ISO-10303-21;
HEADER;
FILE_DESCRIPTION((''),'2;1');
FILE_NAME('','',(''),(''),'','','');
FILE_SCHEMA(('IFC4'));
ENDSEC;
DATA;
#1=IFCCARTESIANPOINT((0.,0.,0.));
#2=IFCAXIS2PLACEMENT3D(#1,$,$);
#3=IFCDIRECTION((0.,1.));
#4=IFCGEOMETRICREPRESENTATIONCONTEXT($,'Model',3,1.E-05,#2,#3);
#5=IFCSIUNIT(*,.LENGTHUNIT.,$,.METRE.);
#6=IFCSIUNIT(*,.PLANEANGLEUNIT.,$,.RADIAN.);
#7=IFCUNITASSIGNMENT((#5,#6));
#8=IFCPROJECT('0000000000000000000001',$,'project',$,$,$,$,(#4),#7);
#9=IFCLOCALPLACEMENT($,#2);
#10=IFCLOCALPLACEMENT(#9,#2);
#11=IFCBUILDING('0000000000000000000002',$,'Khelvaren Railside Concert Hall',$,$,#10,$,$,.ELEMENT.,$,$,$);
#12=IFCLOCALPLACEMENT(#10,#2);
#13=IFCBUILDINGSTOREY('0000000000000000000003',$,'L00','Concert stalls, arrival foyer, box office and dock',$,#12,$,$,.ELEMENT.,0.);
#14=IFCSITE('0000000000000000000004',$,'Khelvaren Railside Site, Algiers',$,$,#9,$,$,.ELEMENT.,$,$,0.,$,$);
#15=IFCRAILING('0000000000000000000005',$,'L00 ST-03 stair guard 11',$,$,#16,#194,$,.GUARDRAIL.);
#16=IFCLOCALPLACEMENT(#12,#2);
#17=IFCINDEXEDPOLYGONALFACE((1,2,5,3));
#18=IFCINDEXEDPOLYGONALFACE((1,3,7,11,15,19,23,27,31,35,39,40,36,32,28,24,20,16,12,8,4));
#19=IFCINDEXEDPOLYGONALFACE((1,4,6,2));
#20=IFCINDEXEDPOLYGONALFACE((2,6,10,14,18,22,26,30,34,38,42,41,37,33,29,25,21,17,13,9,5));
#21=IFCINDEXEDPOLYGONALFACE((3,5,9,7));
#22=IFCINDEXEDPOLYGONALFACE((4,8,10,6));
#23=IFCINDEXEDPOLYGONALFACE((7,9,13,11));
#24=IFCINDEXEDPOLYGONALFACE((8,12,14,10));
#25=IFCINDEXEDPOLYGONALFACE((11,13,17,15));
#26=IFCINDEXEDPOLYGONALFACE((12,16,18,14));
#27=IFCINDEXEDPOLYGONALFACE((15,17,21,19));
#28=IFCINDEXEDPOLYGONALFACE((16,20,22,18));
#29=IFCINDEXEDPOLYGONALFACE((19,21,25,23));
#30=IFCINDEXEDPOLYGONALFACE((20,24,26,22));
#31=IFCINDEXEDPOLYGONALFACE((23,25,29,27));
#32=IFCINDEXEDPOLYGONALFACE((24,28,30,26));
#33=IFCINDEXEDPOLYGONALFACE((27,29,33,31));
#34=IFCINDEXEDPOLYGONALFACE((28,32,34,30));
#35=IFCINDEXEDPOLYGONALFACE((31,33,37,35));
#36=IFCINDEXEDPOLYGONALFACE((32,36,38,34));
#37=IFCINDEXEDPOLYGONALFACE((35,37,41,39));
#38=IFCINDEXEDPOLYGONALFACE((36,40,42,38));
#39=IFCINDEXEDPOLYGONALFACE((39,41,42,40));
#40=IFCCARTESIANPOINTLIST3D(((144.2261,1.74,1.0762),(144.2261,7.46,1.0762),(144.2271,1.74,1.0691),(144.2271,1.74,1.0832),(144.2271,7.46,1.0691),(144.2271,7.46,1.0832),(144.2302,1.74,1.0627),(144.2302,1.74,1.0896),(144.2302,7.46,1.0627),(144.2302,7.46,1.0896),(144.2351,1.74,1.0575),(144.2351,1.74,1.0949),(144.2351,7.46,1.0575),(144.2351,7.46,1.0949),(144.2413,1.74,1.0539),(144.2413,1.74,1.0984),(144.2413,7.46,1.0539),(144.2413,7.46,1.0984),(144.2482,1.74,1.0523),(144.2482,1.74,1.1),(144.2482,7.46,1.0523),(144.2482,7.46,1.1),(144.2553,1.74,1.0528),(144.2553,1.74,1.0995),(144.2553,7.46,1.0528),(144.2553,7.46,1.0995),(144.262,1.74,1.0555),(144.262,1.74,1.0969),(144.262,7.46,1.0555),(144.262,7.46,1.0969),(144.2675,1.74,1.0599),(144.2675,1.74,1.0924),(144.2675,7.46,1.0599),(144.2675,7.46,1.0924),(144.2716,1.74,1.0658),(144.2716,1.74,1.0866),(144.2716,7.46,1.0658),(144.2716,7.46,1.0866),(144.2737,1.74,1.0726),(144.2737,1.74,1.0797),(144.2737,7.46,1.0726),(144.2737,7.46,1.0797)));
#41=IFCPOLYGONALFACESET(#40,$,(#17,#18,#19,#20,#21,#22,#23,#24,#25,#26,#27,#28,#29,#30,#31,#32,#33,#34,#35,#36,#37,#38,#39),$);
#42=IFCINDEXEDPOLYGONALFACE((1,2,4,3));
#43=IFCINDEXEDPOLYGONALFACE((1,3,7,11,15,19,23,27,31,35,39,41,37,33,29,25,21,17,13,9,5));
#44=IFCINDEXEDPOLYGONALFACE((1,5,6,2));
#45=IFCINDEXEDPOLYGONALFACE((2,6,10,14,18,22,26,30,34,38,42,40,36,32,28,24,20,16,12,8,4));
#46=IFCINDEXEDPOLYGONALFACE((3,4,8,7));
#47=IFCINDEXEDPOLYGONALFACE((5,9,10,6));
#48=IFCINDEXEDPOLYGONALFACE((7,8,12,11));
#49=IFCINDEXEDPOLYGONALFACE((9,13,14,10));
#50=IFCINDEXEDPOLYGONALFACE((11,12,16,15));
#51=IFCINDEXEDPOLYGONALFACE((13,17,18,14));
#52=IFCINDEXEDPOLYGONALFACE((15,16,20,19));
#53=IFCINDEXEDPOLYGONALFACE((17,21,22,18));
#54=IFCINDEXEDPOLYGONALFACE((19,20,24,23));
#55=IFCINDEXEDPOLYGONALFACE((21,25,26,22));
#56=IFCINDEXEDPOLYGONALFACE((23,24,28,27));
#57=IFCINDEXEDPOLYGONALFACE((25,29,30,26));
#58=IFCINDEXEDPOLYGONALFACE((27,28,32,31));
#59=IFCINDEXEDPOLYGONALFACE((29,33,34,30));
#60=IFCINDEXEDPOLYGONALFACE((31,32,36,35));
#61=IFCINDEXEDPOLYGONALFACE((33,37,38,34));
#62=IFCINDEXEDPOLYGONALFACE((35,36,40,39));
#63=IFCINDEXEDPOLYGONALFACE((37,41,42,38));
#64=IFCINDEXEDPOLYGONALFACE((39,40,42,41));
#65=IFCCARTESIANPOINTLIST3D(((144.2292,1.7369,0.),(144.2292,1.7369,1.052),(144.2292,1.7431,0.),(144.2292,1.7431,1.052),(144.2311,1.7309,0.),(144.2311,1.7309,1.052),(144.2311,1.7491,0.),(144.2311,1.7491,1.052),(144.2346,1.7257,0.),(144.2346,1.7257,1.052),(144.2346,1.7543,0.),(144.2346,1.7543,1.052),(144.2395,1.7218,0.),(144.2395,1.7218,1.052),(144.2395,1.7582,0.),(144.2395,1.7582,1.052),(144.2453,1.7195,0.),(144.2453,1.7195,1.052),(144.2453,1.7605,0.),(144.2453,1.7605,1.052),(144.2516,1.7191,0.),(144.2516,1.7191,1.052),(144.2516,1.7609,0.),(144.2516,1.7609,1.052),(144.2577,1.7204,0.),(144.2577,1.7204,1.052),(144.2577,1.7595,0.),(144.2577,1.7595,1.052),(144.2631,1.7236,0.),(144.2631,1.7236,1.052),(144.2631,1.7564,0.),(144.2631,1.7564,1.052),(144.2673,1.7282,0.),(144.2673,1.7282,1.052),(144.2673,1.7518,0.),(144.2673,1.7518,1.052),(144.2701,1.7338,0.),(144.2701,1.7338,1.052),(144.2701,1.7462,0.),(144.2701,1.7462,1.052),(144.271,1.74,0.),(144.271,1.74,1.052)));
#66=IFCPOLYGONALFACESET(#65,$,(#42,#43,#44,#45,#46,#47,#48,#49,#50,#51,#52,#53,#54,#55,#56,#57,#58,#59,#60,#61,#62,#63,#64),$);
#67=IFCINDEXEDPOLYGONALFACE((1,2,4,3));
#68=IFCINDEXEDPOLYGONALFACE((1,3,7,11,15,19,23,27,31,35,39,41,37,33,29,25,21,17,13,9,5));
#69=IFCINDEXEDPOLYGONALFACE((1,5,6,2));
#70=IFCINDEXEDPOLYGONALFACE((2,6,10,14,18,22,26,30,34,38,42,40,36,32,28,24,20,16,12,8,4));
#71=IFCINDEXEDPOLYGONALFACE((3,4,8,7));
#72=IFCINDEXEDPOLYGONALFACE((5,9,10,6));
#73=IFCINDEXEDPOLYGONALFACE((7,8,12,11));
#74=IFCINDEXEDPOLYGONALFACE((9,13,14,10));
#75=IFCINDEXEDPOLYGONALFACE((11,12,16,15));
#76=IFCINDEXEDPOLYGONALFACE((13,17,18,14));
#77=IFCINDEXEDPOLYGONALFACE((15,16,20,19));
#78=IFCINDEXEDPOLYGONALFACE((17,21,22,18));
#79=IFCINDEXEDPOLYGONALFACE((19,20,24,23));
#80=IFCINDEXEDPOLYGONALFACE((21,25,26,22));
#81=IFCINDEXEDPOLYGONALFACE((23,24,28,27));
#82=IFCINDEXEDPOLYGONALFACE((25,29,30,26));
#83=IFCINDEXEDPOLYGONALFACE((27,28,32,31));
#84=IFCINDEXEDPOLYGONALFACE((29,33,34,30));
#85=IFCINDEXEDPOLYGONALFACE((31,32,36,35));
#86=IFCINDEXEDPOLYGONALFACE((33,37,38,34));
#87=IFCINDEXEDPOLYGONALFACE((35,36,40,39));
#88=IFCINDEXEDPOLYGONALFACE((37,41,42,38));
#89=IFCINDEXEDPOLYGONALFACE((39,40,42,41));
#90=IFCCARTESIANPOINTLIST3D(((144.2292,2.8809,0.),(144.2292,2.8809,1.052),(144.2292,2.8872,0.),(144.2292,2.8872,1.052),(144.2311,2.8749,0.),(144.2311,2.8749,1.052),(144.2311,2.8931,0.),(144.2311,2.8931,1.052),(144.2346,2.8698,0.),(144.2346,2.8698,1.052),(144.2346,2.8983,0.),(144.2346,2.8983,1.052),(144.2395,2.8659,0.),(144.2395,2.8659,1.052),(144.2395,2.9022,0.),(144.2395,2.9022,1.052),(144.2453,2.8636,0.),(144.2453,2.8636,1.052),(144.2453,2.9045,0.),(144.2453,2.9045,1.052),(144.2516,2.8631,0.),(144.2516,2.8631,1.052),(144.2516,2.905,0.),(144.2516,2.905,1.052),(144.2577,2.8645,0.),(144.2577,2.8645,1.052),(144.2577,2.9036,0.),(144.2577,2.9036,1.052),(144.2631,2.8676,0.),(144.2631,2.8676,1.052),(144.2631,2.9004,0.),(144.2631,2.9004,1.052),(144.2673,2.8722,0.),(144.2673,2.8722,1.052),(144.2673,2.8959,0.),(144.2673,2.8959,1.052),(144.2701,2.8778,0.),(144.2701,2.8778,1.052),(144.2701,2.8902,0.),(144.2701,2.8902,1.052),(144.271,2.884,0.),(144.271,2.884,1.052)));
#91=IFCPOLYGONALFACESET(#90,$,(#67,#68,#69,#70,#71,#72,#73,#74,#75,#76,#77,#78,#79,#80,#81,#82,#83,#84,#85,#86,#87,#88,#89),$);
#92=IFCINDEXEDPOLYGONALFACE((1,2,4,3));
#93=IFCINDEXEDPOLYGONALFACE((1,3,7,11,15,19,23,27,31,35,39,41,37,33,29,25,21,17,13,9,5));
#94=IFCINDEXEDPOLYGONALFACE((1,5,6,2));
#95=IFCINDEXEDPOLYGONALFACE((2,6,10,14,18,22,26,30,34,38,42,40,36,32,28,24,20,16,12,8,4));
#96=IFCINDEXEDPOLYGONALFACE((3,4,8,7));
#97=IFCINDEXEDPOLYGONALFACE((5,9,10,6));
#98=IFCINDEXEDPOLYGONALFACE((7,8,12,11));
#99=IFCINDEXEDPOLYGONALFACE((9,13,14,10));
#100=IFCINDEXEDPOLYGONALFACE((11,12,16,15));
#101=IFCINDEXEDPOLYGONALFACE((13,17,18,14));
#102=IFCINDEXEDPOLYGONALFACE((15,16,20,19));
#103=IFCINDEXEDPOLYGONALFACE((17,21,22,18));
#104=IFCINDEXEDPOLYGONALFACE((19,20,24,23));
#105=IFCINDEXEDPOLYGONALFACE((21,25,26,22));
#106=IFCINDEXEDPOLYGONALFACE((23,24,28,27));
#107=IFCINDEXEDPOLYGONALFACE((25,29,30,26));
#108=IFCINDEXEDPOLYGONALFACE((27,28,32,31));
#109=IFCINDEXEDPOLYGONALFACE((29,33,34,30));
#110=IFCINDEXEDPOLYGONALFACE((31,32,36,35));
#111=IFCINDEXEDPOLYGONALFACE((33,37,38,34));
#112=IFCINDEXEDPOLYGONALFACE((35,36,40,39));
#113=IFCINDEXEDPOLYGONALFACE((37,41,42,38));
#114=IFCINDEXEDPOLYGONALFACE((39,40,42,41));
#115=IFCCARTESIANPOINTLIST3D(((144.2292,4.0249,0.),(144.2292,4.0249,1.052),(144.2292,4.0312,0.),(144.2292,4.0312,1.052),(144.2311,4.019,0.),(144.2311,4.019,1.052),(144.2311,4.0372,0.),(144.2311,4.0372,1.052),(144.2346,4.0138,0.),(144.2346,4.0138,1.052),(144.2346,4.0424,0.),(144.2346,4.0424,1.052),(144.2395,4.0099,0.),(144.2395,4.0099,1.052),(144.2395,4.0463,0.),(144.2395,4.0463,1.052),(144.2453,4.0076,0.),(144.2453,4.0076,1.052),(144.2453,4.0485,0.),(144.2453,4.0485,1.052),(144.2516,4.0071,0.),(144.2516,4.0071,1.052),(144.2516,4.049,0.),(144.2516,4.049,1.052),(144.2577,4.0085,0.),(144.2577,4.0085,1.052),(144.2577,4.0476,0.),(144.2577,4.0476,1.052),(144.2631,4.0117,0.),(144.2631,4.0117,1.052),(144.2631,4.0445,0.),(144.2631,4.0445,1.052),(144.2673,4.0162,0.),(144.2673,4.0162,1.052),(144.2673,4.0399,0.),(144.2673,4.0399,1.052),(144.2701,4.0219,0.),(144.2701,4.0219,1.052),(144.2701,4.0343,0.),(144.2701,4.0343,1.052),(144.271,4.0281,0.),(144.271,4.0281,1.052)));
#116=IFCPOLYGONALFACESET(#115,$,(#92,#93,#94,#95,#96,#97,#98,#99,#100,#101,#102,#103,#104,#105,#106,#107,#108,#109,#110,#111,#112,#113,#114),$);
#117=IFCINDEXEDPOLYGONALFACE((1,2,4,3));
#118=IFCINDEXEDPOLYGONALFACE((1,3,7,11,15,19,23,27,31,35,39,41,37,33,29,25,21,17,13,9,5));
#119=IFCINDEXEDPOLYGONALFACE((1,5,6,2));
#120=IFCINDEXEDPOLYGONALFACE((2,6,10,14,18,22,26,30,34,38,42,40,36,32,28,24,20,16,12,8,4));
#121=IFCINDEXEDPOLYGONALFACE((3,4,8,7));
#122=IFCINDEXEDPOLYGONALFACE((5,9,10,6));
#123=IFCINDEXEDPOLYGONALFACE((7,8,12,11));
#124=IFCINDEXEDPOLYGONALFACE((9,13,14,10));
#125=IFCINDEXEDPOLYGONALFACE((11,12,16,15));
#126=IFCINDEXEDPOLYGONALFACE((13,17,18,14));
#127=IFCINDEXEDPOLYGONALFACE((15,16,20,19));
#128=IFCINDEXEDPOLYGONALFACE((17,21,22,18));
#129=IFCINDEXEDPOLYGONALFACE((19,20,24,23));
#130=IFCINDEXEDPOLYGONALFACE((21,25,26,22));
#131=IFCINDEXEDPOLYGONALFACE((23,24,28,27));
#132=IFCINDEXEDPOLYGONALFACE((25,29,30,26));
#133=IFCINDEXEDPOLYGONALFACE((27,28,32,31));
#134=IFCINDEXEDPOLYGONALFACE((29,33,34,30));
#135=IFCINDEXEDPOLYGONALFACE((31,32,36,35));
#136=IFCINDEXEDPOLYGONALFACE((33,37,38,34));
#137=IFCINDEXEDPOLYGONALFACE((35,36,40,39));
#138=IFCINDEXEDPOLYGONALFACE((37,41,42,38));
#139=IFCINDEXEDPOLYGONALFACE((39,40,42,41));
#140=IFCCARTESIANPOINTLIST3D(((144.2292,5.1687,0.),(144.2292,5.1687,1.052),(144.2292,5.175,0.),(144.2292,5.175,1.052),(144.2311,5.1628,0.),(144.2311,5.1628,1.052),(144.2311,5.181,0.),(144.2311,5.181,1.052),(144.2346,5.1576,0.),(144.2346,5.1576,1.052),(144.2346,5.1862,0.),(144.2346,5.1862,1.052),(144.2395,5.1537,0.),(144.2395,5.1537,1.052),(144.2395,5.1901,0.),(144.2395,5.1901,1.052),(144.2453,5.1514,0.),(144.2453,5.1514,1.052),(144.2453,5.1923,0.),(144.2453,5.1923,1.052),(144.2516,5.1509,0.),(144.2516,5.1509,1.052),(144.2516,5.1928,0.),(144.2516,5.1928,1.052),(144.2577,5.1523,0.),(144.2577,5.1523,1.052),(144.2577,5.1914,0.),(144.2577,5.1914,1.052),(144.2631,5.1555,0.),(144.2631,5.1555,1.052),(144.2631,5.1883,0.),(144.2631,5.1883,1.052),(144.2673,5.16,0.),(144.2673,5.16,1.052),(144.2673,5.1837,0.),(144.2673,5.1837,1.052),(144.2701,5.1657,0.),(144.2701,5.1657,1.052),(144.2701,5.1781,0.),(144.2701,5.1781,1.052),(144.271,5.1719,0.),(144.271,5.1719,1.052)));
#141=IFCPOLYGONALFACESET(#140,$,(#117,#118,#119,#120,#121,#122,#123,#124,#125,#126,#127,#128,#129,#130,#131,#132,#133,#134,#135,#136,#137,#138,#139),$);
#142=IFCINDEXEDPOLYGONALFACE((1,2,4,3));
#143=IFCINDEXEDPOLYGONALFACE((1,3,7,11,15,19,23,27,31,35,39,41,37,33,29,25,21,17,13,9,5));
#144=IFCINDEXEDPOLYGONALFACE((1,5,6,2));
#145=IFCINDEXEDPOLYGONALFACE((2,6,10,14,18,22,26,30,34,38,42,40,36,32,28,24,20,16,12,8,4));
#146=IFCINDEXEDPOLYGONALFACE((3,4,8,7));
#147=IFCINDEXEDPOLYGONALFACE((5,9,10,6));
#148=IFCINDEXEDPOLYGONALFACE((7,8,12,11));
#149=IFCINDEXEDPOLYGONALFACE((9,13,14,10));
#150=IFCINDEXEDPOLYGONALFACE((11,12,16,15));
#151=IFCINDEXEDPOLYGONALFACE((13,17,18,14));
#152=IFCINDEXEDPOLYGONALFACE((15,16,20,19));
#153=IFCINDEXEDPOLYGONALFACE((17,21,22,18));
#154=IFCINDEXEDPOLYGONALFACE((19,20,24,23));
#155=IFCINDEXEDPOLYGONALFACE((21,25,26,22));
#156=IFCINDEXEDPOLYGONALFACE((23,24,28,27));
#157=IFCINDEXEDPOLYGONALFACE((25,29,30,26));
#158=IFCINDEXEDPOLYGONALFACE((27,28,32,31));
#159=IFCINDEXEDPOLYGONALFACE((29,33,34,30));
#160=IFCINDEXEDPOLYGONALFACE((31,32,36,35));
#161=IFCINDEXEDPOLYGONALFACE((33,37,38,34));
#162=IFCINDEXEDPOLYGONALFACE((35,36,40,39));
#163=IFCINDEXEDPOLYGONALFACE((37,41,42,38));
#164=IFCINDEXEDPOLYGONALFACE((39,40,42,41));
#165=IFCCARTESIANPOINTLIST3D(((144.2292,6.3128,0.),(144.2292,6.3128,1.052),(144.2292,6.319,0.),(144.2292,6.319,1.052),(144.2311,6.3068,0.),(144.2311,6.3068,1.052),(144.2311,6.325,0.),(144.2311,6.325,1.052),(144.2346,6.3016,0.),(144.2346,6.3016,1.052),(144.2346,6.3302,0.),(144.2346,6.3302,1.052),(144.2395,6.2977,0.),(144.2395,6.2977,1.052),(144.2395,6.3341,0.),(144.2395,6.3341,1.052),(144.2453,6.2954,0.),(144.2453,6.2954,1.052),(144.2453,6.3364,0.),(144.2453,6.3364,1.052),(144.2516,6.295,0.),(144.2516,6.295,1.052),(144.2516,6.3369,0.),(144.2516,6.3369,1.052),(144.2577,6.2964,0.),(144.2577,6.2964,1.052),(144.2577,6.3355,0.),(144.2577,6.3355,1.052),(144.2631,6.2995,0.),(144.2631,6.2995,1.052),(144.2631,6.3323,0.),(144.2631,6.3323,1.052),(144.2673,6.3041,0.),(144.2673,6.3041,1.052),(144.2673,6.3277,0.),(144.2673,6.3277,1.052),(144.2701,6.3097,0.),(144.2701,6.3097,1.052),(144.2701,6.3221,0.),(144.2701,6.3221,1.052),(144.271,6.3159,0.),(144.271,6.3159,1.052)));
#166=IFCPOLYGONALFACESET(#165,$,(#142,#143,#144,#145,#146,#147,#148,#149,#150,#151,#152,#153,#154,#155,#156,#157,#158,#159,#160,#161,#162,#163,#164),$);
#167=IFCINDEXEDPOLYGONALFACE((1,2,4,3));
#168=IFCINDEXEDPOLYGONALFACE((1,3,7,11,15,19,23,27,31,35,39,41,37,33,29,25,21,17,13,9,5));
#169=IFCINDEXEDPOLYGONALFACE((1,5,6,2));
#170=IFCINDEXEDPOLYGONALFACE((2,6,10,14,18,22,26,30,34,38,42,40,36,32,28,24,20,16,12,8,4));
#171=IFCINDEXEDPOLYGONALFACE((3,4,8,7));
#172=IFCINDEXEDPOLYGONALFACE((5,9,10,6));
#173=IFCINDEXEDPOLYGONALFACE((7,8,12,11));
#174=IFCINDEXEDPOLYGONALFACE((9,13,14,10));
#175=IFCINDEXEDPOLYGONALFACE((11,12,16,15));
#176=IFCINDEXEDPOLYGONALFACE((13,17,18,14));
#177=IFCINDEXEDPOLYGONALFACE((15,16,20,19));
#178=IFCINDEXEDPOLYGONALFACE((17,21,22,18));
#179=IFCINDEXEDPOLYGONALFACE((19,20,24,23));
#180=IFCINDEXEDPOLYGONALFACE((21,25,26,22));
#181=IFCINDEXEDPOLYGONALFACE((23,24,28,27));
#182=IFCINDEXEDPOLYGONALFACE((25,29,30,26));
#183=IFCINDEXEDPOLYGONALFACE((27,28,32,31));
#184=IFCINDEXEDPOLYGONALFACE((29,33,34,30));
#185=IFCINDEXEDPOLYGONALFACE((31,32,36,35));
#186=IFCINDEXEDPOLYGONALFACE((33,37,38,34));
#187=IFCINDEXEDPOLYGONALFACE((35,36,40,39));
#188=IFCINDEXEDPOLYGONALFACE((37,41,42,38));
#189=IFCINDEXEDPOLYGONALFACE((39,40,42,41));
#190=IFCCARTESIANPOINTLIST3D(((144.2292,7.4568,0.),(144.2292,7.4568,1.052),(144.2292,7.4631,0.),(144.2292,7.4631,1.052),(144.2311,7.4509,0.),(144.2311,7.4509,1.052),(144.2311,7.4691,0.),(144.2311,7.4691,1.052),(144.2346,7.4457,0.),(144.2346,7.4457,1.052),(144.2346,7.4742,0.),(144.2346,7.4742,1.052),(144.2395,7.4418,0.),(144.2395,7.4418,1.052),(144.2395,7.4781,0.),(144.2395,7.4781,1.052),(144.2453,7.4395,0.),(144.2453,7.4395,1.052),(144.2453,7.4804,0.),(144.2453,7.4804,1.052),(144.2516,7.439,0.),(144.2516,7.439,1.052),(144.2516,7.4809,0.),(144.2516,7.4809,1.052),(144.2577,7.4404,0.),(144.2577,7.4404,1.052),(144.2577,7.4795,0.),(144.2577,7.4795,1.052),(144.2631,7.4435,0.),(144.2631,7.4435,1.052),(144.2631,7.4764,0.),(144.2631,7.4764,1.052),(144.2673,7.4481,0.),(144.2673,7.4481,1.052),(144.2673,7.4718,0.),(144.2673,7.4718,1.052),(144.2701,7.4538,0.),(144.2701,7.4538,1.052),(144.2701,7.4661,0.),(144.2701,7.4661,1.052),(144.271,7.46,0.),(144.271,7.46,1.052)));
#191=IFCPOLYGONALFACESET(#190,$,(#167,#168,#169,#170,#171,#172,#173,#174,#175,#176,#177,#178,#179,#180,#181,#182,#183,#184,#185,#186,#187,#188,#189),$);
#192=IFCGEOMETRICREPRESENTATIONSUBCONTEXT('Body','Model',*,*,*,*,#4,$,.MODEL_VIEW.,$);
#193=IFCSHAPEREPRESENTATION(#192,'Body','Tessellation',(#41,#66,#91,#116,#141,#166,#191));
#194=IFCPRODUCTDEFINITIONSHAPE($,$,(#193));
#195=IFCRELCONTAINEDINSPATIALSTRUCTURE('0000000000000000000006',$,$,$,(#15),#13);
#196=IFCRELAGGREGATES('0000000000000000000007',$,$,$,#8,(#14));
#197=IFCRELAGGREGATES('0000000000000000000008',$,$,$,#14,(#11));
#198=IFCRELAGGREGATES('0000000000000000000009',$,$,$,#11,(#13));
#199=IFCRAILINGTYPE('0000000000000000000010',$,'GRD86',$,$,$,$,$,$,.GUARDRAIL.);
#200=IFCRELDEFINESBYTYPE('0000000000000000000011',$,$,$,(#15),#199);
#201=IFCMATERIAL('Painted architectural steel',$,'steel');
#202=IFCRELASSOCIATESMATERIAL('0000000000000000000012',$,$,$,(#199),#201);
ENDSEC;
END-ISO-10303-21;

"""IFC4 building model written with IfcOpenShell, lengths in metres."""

from ifc_helpers import new_model, si_unit, direction, frame, origin, origin_2d, place, context, subcontext, project, spatial, circle, extrude, material, type_object, element, save


model = new_model("IFC4")

# Units and contexts
model_context = context("Model", 3, precision=1e-05, world=origin(), true_north=direction((0.0, 1.0)))
body_context = subcontext(model_context, "Body", "Model", "MODEL_VIEW")
ifc_project = project(units=[si_unit("LENGTHUNIT", "METRE"), si_unit("PLANEANGLEUNIT", "RADIAN")], contexts=[model_context])

# Site, building, storey
site_placement = place(None, origin())
site = spatial("IfcSite", under=ifc_project, at=site_placement, Name="Khelvaren Railside Site, Algiers", CompositionType="ELEMENT", RefElevation=0.0)
building_placement = place(site_placement, origin())
building = spatial("IfcBuilding", under=site, at=building_placement, Name="Khelvaren Railside Concert Hall", CompositionType="ELEMENT")
storey_placement = place(building_placement, origin())
storey = spatial("IfcBuildingStorey", under=building, at=storey_placement, Name="L00", Description="Concert stalls, arrival foyer, box office and dock", CompositionType="ELEMENT", Elevation=0.0)

# Railing
ifc_material_1 = material(Name="Painted architectural steel", Category="steel")
railing_type_1 = type_object("IfcRailingType", Name="GRD86", PredefinedType="GUARDRAIL", material=ifc_material_1)
railing_1_placement = place(storey_placement, frame((144.25, 1.74, 0.0)))
element("IfcRailing", 1, at=railing_1_placement, inside=storey, type_object=railing_type_1, Name="L00 ST-03 stair guard 11", PredefinedType="GUARDRAIL", context=body_context, shape_type="SweptSolid", body=[
    extrude(circle(Radius=0.0239, at=origin_2d()), frame((0.0, 0.0, 1.0762), z_axis=(0.0, 1.0, 0.0), x_axis=(-1.0, 0.0, 0.0)), (0.0, 0.0, 1.0), 5.72),
    extrude(circle(Radius=0.021, at=origin_2d()), origin(), (0.0, 0.0, 1.0), 1.052),
    extrude(circle(Radius=0.021, at=origin_2d()), frame((0.0, 1.144, 0.0)), (0.0, 0.0, 1.0), 1.052),
    extrude(circle(Radius=0.021, at=origin_2d()), frame((0.0, 2.2881, 0.0)), (0.0, 0.0, 1.0), 1.052),
    extrude(circle(Radius=0.021, at=origin_2d()), frame((0.0, 3.4319, 0.0)), (0.0, 0.0, 1.0), 1.052),
    extrude(circle(Radius=0.021, at=origin_2d()), frame((0.0, 4.5759, 0.0)), (0.0, 0.0, 1.0), 1.052),
    extrude(circle(Radius=0.021, at=origin_2d()), frame((0.0, 5.72, 0.0)), (0.0, 0.0, 1.0), 1.052),
])

save(model, "model.ifc")
